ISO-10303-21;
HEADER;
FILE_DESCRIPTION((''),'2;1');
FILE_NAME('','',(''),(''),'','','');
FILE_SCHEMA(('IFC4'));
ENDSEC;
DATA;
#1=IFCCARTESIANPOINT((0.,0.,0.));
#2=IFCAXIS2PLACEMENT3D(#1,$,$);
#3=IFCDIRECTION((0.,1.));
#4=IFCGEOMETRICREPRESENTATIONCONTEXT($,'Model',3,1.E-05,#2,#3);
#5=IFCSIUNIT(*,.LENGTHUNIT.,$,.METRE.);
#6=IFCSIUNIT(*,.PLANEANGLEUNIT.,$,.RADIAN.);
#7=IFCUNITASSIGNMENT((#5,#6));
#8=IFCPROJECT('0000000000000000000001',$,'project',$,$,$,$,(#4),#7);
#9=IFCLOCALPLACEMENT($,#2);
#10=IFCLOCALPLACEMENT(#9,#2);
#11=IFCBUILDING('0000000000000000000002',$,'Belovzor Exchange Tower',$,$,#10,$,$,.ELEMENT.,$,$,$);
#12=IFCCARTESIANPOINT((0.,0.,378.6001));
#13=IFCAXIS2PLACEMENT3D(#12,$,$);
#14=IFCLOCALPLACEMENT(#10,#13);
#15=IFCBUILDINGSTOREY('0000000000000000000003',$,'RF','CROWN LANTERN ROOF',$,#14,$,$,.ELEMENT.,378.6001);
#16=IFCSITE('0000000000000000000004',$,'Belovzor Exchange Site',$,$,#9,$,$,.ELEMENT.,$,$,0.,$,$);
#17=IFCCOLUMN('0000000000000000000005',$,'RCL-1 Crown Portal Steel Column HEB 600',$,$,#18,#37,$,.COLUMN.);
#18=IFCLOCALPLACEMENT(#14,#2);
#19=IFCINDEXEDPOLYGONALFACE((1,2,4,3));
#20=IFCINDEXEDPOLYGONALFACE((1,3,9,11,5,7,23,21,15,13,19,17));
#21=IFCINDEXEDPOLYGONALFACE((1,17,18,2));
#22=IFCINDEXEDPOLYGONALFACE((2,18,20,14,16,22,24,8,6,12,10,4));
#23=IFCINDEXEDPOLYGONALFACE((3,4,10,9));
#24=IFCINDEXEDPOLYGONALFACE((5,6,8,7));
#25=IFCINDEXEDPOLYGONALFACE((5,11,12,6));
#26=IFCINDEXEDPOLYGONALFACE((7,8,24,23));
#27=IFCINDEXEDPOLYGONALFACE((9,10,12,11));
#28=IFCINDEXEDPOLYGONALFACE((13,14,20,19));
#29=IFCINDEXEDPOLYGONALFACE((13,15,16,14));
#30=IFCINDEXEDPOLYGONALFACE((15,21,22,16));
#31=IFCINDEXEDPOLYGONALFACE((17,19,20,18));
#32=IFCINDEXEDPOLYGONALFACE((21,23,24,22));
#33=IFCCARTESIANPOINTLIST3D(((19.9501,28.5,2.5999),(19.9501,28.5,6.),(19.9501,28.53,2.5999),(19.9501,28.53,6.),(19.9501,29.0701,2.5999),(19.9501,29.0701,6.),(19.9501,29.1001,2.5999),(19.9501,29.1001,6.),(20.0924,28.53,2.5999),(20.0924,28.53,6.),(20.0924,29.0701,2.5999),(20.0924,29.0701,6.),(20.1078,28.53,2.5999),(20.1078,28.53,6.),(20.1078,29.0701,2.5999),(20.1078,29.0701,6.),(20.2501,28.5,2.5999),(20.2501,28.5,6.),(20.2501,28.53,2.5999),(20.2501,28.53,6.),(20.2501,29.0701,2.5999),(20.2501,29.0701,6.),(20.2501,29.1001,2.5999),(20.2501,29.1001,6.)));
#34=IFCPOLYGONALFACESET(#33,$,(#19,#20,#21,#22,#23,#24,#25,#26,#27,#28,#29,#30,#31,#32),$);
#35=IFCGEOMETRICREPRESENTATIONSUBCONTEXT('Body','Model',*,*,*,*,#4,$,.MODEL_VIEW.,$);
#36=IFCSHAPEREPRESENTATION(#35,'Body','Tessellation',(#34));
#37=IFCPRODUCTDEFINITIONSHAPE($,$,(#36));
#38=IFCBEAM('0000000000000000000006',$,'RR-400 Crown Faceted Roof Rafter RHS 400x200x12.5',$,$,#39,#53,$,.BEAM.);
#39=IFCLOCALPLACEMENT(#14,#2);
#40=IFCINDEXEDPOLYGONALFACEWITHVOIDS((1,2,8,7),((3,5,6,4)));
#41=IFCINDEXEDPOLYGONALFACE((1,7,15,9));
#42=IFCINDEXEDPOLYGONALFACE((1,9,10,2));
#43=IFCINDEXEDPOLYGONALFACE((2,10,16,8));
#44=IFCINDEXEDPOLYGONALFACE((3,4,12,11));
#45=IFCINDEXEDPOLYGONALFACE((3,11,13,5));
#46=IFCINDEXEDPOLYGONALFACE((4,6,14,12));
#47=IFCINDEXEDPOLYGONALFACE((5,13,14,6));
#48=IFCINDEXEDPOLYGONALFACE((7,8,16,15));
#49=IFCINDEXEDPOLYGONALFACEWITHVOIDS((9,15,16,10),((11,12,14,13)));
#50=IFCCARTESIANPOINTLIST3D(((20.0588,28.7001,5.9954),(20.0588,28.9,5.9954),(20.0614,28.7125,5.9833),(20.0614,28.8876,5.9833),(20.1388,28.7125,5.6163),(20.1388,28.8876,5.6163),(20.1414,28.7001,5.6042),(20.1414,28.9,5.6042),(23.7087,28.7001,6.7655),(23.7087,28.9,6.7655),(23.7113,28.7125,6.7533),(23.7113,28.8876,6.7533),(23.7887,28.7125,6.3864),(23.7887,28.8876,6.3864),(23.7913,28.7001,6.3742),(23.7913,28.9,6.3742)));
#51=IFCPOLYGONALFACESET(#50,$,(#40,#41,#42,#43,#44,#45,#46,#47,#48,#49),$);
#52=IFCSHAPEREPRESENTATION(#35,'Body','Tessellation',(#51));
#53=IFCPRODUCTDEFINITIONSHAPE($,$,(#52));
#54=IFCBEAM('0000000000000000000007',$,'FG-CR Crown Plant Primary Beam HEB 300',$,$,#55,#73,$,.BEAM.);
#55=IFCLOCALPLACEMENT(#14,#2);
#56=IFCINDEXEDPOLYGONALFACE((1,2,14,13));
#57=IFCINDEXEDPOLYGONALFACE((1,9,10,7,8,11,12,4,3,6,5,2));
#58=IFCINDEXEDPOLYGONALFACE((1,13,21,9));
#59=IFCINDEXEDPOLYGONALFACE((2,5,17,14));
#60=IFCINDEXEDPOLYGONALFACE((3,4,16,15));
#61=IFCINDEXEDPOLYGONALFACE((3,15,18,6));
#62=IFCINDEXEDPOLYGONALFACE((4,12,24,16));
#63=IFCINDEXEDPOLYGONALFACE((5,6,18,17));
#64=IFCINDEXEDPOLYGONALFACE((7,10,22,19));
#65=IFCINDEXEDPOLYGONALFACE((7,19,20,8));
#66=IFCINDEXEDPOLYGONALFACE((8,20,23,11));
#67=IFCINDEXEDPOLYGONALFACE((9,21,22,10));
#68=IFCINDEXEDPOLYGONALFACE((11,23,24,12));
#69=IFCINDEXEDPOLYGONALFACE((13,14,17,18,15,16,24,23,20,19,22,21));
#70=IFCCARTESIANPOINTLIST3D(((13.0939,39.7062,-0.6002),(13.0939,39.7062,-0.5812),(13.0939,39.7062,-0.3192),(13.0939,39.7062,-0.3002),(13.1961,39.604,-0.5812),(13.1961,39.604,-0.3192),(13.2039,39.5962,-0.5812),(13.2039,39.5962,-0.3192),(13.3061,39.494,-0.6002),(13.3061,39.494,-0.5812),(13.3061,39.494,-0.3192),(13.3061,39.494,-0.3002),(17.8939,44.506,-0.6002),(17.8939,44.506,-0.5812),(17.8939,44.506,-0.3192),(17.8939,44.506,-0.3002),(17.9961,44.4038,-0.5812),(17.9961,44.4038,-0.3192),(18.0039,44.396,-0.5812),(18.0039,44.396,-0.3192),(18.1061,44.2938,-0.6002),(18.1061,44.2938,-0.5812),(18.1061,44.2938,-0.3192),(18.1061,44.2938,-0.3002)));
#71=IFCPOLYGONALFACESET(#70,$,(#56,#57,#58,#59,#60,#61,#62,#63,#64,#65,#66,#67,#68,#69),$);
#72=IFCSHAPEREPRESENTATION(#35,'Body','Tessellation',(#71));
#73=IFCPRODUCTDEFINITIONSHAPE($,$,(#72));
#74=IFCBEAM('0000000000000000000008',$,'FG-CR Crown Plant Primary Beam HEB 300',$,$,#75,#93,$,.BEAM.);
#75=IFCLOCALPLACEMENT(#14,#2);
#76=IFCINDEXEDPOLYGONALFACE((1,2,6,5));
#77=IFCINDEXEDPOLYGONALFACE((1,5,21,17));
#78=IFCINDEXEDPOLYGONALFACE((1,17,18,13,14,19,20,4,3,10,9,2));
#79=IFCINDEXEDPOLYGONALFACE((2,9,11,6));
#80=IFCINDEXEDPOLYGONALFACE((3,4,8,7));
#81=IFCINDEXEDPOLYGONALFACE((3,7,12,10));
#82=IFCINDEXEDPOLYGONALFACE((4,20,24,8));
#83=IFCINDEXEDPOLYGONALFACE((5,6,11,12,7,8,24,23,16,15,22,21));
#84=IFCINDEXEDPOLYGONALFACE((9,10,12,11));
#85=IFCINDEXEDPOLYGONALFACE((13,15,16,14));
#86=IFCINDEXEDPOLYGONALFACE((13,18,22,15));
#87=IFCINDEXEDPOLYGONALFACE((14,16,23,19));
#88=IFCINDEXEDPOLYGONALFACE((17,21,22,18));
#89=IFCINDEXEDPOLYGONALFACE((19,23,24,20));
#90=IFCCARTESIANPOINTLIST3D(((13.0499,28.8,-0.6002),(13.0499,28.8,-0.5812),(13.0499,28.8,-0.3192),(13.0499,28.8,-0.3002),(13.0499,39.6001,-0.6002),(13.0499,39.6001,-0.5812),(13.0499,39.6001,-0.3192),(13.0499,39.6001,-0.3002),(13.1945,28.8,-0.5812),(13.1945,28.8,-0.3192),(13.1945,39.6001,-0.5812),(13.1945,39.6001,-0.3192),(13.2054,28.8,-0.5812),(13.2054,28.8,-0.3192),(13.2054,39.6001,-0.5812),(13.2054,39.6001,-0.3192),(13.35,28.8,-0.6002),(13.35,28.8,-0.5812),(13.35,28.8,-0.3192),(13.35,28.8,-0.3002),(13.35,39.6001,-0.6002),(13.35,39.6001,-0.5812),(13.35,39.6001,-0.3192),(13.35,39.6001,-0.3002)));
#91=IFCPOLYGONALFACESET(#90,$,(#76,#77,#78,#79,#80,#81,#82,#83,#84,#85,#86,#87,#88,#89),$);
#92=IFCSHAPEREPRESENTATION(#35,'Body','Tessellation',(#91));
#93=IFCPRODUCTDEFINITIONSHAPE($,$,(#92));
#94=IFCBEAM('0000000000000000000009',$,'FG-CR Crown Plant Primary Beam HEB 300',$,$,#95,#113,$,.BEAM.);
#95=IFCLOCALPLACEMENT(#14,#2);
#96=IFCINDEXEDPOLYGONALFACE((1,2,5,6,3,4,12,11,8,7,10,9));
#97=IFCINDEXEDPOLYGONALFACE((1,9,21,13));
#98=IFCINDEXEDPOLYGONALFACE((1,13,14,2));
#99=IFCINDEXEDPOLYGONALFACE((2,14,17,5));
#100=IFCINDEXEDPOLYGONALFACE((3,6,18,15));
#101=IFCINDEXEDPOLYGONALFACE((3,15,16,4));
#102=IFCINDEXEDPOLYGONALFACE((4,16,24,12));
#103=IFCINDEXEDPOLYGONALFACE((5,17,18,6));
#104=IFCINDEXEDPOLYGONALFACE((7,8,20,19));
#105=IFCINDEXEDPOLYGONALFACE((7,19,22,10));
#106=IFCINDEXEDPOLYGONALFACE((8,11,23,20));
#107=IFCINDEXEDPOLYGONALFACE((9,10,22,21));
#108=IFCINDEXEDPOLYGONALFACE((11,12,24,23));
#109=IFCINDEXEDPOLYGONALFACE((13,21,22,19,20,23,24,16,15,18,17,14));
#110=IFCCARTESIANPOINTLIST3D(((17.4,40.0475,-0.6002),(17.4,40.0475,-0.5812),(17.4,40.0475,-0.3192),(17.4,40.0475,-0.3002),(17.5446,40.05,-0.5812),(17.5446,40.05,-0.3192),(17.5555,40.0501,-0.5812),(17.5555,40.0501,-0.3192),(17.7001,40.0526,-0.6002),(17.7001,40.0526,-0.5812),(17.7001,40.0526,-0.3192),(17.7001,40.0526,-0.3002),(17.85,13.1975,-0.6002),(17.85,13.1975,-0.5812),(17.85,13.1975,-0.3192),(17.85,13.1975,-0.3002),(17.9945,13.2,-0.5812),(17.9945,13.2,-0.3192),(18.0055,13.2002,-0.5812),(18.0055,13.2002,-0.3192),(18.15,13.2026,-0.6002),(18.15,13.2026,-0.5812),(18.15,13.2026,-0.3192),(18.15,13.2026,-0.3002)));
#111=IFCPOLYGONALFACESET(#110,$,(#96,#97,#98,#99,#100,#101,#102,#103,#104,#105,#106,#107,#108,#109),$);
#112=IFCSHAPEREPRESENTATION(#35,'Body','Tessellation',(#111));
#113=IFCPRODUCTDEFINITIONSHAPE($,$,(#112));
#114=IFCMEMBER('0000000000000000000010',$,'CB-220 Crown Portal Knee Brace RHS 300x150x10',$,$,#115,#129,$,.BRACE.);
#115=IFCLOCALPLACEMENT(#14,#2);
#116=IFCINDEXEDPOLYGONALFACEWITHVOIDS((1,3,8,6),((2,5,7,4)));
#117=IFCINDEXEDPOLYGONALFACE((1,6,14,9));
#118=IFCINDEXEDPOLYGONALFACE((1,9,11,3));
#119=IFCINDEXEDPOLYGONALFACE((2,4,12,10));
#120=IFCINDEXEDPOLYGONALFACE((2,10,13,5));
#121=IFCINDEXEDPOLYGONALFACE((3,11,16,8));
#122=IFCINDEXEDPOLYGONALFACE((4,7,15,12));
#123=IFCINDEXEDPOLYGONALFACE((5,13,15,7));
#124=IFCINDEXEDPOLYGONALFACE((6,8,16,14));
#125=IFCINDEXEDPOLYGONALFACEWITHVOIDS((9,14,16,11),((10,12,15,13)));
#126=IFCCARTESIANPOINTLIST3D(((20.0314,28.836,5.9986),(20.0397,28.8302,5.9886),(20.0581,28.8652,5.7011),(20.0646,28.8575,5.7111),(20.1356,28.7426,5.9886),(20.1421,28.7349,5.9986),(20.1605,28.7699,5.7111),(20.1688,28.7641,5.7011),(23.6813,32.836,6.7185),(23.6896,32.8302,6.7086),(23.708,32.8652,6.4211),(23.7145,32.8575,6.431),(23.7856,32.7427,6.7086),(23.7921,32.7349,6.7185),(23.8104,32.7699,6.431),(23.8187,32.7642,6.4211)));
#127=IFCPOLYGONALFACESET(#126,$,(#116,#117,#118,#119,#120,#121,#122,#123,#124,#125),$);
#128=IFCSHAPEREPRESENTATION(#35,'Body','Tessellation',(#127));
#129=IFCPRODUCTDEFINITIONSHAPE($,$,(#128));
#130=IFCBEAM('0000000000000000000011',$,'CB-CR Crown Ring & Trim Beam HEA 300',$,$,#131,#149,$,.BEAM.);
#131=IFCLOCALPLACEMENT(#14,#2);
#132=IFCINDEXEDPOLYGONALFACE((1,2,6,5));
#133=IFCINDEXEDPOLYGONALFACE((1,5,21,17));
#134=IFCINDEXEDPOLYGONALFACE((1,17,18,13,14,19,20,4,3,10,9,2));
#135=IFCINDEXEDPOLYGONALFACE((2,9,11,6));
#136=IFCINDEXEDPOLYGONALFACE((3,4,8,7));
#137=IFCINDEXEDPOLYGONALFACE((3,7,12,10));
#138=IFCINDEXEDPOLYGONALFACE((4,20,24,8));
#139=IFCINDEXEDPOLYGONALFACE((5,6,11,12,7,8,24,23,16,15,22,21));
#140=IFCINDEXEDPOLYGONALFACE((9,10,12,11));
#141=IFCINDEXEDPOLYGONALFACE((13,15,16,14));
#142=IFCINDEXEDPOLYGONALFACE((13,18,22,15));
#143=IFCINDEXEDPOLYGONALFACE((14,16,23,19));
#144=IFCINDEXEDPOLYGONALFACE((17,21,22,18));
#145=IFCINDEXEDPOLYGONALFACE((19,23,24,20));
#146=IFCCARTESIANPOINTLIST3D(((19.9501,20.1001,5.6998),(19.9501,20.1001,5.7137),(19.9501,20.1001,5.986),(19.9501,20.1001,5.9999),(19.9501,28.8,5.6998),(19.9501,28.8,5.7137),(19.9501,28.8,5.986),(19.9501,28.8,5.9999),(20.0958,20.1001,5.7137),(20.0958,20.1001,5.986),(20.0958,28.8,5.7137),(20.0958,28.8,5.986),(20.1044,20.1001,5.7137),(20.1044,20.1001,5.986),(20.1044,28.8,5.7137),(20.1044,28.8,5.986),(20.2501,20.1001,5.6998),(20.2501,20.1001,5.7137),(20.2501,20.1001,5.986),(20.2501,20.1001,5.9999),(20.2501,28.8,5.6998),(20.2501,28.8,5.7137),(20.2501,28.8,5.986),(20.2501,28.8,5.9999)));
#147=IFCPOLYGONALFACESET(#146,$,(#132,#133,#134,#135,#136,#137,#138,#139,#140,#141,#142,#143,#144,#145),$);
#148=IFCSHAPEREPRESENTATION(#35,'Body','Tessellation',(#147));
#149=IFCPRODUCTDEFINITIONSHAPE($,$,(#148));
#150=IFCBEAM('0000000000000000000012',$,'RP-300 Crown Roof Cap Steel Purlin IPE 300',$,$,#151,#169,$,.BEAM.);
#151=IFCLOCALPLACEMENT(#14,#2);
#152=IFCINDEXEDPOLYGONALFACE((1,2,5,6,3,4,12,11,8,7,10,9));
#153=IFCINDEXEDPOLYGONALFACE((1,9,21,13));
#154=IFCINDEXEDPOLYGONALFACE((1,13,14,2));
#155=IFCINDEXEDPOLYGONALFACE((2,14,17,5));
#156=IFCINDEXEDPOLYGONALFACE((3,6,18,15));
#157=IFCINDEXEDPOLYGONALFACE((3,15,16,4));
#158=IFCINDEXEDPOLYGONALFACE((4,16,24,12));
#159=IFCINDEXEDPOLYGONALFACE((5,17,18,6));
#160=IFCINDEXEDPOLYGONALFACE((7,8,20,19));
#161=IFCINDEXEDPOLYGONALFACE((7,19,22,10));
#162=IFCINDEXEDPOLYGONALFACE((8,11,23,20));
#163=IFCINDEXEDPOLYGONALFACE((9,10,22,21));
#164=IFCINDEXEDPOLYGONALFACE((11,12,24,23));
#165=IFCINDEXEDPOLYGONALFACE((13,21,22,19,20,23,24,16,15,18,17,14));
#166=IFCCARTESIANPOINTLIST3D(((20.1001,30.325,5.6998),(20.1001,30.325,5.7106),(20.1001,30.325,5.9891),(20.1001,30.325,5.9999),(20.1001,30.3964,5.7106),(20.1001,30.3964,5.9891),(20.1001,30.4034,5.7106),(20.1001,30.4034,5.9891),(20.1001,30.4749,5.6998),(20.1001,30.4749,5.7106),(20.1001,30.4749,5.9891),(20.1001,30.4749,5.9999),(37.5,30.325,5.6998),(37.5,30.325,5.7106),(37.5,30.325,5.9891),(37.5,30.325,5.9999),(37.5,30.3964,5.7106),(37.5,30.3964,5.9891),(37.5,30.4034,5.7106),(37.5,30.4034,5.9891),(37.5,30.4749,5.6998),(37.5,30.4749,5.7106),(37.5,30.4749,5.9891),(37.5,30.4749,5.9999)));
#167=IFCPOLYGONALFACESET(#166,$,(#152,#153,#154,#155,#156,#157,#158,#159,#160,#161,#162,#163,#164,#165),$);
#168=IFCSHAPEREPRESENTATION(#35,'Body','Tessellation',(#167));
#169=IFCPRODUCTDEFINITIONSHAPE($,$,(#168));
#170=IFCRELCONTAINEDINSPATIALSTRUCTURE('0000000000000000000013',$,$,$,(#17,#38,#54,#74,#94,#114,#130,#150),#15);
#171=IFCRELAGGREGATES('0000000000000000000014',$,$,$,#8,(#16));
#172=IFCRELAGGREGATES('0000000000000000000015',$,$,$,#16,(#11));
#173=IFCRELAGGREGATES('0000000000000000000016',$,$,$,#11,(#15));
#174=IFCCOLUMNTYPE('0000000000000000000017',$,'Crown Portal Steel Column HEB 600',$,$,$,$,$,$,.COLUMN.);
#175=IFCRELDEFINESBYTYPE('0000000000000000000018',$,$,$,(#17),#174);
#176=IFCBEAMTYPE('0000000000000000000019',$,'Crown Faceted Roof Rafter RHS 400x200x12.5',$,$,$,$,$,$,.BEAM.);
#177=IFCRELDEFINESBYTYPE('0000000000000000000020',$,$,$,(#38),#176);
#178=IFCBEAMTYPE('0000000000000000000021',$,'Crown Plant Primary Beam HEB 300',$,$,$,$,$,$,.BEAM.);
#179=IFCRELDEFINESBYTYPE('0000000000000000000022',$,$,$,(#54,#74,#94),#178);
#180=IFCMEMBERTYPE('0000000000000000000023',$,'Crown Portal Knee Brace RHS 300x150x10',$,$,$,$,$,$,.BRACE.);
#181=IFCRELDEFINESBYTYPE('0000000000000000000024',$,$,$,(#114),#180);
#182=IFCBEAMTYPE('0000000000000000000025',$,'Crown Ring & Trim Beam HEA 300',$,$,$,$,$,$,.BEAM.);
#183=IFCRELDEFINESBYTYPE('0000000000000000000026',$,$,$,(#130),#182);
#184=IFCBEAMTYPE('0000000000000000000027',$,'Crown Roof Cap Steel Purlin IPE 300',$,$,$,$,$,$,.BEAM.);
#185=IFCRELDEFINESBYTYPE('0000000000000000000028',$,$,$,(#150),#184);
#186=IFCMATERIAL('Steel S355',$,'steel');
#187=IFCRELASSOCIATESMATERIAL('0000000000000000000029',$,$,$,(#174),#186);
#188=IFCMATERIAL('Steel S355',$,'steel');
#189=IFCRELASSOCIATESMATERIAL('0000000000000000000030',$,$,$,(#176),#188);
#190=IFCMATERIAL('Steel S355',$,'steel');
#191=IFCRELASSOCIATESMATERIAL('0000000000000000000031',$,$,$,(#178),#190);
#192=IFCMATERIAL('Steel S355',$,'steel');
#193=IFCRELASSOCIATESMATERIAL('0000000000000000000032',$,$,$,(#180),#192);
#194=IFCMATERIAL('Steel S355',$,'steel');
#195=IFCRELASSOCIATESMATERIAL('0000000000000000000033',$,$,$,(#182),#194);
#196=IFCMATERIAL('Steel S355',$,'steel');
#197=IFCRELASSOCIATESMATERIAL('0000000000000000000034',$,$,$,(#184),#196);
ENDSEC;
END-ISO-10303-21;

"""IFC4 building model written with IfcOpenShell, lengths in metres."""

from ifc_helpers import new_model, si_unit, direction, frame, origin, origin_2d, place, context, subcontext, project, spatial, hollow_rectangle, i_section, extrude, material, material_profile, profile_set, type_object, element, save


model = new_model("IFC4")

# Units and contexts
model_context = context("Model", 3, precision=1e-05, world=origin(), true_north=direction((0.0, 1.0)))
body_context = subcontext(model_context, "Body", "Model", "MODEL_VIEW")
ifc_project = project(units=[si_unit("LENGTHUNIT", "METRE"), si_unit("PLANEANGLEUNIT", "RADIAN")], contexts=[model_context])

# Site, building, storey
site_placement = place(None, origin())
site = spatial("IfcSite", under=ifc_project, at=site_placement, Name="Belovzor Exchange Site", CompositionType="ELEMENT", RefElevation=0.0)
building_placement = place(site_placement, origin())
building = spatial("IfcBuilding", under=site, at=building_placement, Name="Belovzor Exchange Tower", CompositionType="ELEMENT")
storey_placement = place(building_placement, frame((0.0, 0.0, 378.6001)))
storey = spatial("IfcBuildingStorey", under=building, at=storey_placement, Name="RF", Description="CROWN LANTERN ROOF", CompositionType="ELEMENT", Elevation=378.6001)

# Column
ifc_material_1 = material(Name="Steel S355", Category="steel")
ifc_material_profile_1 = material_profile(ifc_material_1, i_section(OverallWidth=0.3, OverallDepth=0.6001, WebThickness=0.0154, FlangeThickness=0.03, at=origin_2d()))
ifc_profile_set_1 = profile_set([ifc_material_profile_1], Name="Steel S355")
column_type = type_object("IfcColumnType", Name="Crown Portal Steel Column HEB 600", PredefinedType="COLUMN", material=ifc_profile_set_1)
column_placement = place(storey_placement, frame((20.1001, 28.8, 2.5999), z_axis=(0.0, 0.0, 1.0), x_axis=(1.0, 0.0, 0.0)))
element("IfcColumn", 1, at=column_placement, inside=storey, type_object=column_type, Name="RCL-1 Crown Portal Steel Column HEB 600", PredefinedType="COLUMN", context=body_context, shape_type="SweptSolid", body=[
    extrude(i_section(OverallWidth=0.3, OverallDepth=0.6001, WebThickness=0.0154, FlangeThickness=0.03, at=origin_2d()), origin(), (0.0, 0.0, 1.0), 3.4001),
])

# Beams
ifc_material_2 = material(Name="Steel S355", Category="steel")
ifc_material_profile_2 = material_profile(ifc_material_2, hollow_rectangle(XDim=0.2, YDim=0.3999, WallThickness=0.0125, at=origin_2d()))
ifc_profile_set_2 = profile_set([ifc_material_profile_2], Name="Steel S355")
beam_type_1 = type_object("IfcBeamType", Name="Crown Faceted Roof Rafter RHS 400x200x12.5", PredefinedType="BEAM", material=ifc_profile_set_2)
beam_1_placement = place(storey_placement, frame((20.1001, 28.8, 5.7998), z_axis=(0.978462, 0.0, 0.206426), x_axis=(0.0, 1.0, 0.0)))
element("IfcBeam", 2, at=beam_1_placement, inside=storey, type_object=beam_type_1, Name="RR-400 Crown Faceted Roof Rafter RHS 400x200x12.5", PredefinedType="BEAM", context=body_context, shape_type="SweptSolid", body=[
    extrude(hollow_rectangle(XDim=0.2, YDim=0.3999, WallThickness=0.0125, at=origin_2d()), origin(), (0.0, 0.0, 1.0), 3.7302),
])
ifc_material_3 = material(Name="Steel S355", Category="steel")
ifc_material_profile_3 = material_profile(ifc_material_3, i_section(OverallWidth=0.3, OverallDepth=0.3, WebThickness=0.011, FlangeThickness=0.019, at=origin_2d()))
ifc_profile_set_3 = profile_set([ifc_material_profile_3], Name="Steel S355")
beam_type_2 = type_object("IfcBeamType", Name="Crown Plant Primary Beam HEB 300", PredefinedType="BEAM", material=ifc_profile_set_3)
beam_2_placement = place(storey_placement, frame((18.0, 44.3999, -0.4502), z_axis=(-0.707125, -0.707089, 0.0), x_axis=(0.707089, -0.707125, 0.0)))
element("IfcBeam", 3, at=beam_2_placement, inside=storey, type_object=beam_type_2, Name="FG-CR Crown Plant Primary Beam HEB 300", PredefinedType="BEAM", context=body_context, shape_type="SweptSolid", body=[
    extrude(i_section(OverallWidth=0.3, OverallDepth=0.3, WebThickness=0.011, FlangeThickness=0.019, at=origin_2d()), origin(), (0.0, 0.0, 1.0), 6.7881),
])
beam_3_placement = place(storey_placement, frame((13.2, 39.6001, -0.4502), z_axis=(0.0, -1.0, 0.0), x_axis=(1.0, 0.0, 0.0)))
element("IfcBeam", 4, at=beam_3_placement, inside=storey, type_object=beam_type_2, Name="FG-CR Crown Plant Primary Beam HEB 300", PredefinedType="BEAM", context=body_context, shape_type="SweptSolid", body=[
    extrude(i_section(OverallWidth=0.3, OverallDepth=0.3, WebThickness=0.011, FlangeThickness=0.019, at=origin_2d()), origin(), (0.0, 0.0, 1.0), 10.8),
])
beam_4_placement = place(storey_placement, frame((17.55, 40.05, -0.4502), z_axis=(0.016756, -0.99986, 0.0), x_axis=(0.99986, 0.016756, 0.0)))
element("IfcBeam", 5, at=beam_4_placement, inside=storey, type_object=beam_type_2, Name="FG-CR Crown Plant Primary Beam HEB 300", PredefinedType="BEAM", context=body_context, shape_type="SweptSolid", body=[
    extrude(i_section(OverallWidth=0.3, OverallDepth=0.3, WebThickness=0.011, FlangeThickness=0.019, at=origin_2d()), origin(), (0.0, 0.0, 1.0), 26.8538),
])

# Member
ifc_material_4 = material(Name="Steel S355", Category="steel")
ifc_material_profile_4 = material_profile(ifc_material_4, hollow_rectangle(XDim=0.1499, YDim=0.3, WallThickness=0.01, at=origin_2d()))
ifc_profile_set_4 = profile_set([ifc_material_profile_4], Name="Steel S355")
member_type_1 = type_object("IfcMemberType", Name="Crown Portal Knee Brace RHS 300x150x10", PredefinedType="BRACE", material=ifc_profile_set_4)
member_1_placement = place(storey_placement, frame((20.1001, 28.8, 5.8499), z_axis=(0.66816, 0.73225, 0.1318), x_axis=(-0.738694, 0.674041, 0.0)))
element("IfcMember", 6, at=member_1_placement, inside=storey, type_object=member_type_1, Name="CB-220 Crown Portal Knee Brace RHS 300x150x10", PredefinedType="BRACE", context=body_context, shape_type="SweptSolid", body=[
    extrude(hollow_rectangle(XDim=0.1499, YDim=0.3, WallThickness=0.01, at=origin_2d()), origin(), (0.0, 0.0, 1.0), 5.4626),
])

# Beams
ifc_material_5 = material(Name="Steel S355", Category="steel")
ifc_material_profile_5 = material_profile(ifc_material_5, i_section(OverallWidth=0.3, OverallDepth=0.3, WebThickness=0.0085, FlangeThickness=0.0139, at=origin_2d()))
ifc_profile_set_5 = profile_set([ifc_material_profile_5], Name="Steel S355")
beam_type_3 = type_object("IfcBeamType", Name="Crown Ring & Trim Beam HEA 300", PredefinedType="BEAM", material=ifc_profile_set_5)
beam_5_placement = place(storey_placement, frame((20.1001, 28.8, 5.8499), z_axis=(0.0, -1.0, 0.0), x_axis=(1.0, 0.0, 0.0)))
element("IfcBeam", 7, at=beam_5_placement, inside=storey, type_object=beam_type_3, Name="CB-CR Crown Ring & Trim Beam HEA 300", PredefinedType="BEAM", context=body_context, shape_type="SweptSolid", body=[
    extrude(i_section(OverallWidth=0.3, OverallDepth=0.3, WebThickness=0.0085, FlangeThickness=0.0139, at=origin_2d()), origin(), (0.0, 0.0, 1.0), 8.7),
])
ifc_material_6 = material(Name="Steel S355", Category="steel")
ifc_material_profile_6 = material_profile(ifc_material_6, i_section(OverallWidth=0.1499, OverallDepth=0.3, WebThickness=0.0071, FlangeThickness=0.0107, at=origin_2d()))
ifc_profile_set_6 = profile_set([ifc_material_profile_6], Name="Steel S355")
beam_type_4 = type_object("IfcBeamType", Name="Crown Roof Cap Steel Purlin IPE 300", PredefinedType="BEAM", material=ifc_profile_set_6)
for number, where, z_axis, x_axis, name in (
    (8, (20.1001, 30.3999, 5.8499), (1.0, 0.0, 0.0), (0.0, 1.0, 0.0), "RP-300 Crown Roof Cap Steel Purlin IPE 300"),
):
    element("IfcBeam", number, at=place(storey_placement, frame(where, z_axis=z_axis, x_axis=x_axis)), inside=storey, type_object=beam_type_4, Name=name, PredefinedType="BEAM", context=body_context, shape_type="SweptSolid", body=[
        extrude(i_section(OverallWidth=0.1499, OverallDepth=0.3, WebThickness=0.0071, FlangeThickness=0.0107, at=origin_2d()), origin(), (0.0, 0.0, 1.0), 17.3999),
    ])

save(model, "model.ifc")
